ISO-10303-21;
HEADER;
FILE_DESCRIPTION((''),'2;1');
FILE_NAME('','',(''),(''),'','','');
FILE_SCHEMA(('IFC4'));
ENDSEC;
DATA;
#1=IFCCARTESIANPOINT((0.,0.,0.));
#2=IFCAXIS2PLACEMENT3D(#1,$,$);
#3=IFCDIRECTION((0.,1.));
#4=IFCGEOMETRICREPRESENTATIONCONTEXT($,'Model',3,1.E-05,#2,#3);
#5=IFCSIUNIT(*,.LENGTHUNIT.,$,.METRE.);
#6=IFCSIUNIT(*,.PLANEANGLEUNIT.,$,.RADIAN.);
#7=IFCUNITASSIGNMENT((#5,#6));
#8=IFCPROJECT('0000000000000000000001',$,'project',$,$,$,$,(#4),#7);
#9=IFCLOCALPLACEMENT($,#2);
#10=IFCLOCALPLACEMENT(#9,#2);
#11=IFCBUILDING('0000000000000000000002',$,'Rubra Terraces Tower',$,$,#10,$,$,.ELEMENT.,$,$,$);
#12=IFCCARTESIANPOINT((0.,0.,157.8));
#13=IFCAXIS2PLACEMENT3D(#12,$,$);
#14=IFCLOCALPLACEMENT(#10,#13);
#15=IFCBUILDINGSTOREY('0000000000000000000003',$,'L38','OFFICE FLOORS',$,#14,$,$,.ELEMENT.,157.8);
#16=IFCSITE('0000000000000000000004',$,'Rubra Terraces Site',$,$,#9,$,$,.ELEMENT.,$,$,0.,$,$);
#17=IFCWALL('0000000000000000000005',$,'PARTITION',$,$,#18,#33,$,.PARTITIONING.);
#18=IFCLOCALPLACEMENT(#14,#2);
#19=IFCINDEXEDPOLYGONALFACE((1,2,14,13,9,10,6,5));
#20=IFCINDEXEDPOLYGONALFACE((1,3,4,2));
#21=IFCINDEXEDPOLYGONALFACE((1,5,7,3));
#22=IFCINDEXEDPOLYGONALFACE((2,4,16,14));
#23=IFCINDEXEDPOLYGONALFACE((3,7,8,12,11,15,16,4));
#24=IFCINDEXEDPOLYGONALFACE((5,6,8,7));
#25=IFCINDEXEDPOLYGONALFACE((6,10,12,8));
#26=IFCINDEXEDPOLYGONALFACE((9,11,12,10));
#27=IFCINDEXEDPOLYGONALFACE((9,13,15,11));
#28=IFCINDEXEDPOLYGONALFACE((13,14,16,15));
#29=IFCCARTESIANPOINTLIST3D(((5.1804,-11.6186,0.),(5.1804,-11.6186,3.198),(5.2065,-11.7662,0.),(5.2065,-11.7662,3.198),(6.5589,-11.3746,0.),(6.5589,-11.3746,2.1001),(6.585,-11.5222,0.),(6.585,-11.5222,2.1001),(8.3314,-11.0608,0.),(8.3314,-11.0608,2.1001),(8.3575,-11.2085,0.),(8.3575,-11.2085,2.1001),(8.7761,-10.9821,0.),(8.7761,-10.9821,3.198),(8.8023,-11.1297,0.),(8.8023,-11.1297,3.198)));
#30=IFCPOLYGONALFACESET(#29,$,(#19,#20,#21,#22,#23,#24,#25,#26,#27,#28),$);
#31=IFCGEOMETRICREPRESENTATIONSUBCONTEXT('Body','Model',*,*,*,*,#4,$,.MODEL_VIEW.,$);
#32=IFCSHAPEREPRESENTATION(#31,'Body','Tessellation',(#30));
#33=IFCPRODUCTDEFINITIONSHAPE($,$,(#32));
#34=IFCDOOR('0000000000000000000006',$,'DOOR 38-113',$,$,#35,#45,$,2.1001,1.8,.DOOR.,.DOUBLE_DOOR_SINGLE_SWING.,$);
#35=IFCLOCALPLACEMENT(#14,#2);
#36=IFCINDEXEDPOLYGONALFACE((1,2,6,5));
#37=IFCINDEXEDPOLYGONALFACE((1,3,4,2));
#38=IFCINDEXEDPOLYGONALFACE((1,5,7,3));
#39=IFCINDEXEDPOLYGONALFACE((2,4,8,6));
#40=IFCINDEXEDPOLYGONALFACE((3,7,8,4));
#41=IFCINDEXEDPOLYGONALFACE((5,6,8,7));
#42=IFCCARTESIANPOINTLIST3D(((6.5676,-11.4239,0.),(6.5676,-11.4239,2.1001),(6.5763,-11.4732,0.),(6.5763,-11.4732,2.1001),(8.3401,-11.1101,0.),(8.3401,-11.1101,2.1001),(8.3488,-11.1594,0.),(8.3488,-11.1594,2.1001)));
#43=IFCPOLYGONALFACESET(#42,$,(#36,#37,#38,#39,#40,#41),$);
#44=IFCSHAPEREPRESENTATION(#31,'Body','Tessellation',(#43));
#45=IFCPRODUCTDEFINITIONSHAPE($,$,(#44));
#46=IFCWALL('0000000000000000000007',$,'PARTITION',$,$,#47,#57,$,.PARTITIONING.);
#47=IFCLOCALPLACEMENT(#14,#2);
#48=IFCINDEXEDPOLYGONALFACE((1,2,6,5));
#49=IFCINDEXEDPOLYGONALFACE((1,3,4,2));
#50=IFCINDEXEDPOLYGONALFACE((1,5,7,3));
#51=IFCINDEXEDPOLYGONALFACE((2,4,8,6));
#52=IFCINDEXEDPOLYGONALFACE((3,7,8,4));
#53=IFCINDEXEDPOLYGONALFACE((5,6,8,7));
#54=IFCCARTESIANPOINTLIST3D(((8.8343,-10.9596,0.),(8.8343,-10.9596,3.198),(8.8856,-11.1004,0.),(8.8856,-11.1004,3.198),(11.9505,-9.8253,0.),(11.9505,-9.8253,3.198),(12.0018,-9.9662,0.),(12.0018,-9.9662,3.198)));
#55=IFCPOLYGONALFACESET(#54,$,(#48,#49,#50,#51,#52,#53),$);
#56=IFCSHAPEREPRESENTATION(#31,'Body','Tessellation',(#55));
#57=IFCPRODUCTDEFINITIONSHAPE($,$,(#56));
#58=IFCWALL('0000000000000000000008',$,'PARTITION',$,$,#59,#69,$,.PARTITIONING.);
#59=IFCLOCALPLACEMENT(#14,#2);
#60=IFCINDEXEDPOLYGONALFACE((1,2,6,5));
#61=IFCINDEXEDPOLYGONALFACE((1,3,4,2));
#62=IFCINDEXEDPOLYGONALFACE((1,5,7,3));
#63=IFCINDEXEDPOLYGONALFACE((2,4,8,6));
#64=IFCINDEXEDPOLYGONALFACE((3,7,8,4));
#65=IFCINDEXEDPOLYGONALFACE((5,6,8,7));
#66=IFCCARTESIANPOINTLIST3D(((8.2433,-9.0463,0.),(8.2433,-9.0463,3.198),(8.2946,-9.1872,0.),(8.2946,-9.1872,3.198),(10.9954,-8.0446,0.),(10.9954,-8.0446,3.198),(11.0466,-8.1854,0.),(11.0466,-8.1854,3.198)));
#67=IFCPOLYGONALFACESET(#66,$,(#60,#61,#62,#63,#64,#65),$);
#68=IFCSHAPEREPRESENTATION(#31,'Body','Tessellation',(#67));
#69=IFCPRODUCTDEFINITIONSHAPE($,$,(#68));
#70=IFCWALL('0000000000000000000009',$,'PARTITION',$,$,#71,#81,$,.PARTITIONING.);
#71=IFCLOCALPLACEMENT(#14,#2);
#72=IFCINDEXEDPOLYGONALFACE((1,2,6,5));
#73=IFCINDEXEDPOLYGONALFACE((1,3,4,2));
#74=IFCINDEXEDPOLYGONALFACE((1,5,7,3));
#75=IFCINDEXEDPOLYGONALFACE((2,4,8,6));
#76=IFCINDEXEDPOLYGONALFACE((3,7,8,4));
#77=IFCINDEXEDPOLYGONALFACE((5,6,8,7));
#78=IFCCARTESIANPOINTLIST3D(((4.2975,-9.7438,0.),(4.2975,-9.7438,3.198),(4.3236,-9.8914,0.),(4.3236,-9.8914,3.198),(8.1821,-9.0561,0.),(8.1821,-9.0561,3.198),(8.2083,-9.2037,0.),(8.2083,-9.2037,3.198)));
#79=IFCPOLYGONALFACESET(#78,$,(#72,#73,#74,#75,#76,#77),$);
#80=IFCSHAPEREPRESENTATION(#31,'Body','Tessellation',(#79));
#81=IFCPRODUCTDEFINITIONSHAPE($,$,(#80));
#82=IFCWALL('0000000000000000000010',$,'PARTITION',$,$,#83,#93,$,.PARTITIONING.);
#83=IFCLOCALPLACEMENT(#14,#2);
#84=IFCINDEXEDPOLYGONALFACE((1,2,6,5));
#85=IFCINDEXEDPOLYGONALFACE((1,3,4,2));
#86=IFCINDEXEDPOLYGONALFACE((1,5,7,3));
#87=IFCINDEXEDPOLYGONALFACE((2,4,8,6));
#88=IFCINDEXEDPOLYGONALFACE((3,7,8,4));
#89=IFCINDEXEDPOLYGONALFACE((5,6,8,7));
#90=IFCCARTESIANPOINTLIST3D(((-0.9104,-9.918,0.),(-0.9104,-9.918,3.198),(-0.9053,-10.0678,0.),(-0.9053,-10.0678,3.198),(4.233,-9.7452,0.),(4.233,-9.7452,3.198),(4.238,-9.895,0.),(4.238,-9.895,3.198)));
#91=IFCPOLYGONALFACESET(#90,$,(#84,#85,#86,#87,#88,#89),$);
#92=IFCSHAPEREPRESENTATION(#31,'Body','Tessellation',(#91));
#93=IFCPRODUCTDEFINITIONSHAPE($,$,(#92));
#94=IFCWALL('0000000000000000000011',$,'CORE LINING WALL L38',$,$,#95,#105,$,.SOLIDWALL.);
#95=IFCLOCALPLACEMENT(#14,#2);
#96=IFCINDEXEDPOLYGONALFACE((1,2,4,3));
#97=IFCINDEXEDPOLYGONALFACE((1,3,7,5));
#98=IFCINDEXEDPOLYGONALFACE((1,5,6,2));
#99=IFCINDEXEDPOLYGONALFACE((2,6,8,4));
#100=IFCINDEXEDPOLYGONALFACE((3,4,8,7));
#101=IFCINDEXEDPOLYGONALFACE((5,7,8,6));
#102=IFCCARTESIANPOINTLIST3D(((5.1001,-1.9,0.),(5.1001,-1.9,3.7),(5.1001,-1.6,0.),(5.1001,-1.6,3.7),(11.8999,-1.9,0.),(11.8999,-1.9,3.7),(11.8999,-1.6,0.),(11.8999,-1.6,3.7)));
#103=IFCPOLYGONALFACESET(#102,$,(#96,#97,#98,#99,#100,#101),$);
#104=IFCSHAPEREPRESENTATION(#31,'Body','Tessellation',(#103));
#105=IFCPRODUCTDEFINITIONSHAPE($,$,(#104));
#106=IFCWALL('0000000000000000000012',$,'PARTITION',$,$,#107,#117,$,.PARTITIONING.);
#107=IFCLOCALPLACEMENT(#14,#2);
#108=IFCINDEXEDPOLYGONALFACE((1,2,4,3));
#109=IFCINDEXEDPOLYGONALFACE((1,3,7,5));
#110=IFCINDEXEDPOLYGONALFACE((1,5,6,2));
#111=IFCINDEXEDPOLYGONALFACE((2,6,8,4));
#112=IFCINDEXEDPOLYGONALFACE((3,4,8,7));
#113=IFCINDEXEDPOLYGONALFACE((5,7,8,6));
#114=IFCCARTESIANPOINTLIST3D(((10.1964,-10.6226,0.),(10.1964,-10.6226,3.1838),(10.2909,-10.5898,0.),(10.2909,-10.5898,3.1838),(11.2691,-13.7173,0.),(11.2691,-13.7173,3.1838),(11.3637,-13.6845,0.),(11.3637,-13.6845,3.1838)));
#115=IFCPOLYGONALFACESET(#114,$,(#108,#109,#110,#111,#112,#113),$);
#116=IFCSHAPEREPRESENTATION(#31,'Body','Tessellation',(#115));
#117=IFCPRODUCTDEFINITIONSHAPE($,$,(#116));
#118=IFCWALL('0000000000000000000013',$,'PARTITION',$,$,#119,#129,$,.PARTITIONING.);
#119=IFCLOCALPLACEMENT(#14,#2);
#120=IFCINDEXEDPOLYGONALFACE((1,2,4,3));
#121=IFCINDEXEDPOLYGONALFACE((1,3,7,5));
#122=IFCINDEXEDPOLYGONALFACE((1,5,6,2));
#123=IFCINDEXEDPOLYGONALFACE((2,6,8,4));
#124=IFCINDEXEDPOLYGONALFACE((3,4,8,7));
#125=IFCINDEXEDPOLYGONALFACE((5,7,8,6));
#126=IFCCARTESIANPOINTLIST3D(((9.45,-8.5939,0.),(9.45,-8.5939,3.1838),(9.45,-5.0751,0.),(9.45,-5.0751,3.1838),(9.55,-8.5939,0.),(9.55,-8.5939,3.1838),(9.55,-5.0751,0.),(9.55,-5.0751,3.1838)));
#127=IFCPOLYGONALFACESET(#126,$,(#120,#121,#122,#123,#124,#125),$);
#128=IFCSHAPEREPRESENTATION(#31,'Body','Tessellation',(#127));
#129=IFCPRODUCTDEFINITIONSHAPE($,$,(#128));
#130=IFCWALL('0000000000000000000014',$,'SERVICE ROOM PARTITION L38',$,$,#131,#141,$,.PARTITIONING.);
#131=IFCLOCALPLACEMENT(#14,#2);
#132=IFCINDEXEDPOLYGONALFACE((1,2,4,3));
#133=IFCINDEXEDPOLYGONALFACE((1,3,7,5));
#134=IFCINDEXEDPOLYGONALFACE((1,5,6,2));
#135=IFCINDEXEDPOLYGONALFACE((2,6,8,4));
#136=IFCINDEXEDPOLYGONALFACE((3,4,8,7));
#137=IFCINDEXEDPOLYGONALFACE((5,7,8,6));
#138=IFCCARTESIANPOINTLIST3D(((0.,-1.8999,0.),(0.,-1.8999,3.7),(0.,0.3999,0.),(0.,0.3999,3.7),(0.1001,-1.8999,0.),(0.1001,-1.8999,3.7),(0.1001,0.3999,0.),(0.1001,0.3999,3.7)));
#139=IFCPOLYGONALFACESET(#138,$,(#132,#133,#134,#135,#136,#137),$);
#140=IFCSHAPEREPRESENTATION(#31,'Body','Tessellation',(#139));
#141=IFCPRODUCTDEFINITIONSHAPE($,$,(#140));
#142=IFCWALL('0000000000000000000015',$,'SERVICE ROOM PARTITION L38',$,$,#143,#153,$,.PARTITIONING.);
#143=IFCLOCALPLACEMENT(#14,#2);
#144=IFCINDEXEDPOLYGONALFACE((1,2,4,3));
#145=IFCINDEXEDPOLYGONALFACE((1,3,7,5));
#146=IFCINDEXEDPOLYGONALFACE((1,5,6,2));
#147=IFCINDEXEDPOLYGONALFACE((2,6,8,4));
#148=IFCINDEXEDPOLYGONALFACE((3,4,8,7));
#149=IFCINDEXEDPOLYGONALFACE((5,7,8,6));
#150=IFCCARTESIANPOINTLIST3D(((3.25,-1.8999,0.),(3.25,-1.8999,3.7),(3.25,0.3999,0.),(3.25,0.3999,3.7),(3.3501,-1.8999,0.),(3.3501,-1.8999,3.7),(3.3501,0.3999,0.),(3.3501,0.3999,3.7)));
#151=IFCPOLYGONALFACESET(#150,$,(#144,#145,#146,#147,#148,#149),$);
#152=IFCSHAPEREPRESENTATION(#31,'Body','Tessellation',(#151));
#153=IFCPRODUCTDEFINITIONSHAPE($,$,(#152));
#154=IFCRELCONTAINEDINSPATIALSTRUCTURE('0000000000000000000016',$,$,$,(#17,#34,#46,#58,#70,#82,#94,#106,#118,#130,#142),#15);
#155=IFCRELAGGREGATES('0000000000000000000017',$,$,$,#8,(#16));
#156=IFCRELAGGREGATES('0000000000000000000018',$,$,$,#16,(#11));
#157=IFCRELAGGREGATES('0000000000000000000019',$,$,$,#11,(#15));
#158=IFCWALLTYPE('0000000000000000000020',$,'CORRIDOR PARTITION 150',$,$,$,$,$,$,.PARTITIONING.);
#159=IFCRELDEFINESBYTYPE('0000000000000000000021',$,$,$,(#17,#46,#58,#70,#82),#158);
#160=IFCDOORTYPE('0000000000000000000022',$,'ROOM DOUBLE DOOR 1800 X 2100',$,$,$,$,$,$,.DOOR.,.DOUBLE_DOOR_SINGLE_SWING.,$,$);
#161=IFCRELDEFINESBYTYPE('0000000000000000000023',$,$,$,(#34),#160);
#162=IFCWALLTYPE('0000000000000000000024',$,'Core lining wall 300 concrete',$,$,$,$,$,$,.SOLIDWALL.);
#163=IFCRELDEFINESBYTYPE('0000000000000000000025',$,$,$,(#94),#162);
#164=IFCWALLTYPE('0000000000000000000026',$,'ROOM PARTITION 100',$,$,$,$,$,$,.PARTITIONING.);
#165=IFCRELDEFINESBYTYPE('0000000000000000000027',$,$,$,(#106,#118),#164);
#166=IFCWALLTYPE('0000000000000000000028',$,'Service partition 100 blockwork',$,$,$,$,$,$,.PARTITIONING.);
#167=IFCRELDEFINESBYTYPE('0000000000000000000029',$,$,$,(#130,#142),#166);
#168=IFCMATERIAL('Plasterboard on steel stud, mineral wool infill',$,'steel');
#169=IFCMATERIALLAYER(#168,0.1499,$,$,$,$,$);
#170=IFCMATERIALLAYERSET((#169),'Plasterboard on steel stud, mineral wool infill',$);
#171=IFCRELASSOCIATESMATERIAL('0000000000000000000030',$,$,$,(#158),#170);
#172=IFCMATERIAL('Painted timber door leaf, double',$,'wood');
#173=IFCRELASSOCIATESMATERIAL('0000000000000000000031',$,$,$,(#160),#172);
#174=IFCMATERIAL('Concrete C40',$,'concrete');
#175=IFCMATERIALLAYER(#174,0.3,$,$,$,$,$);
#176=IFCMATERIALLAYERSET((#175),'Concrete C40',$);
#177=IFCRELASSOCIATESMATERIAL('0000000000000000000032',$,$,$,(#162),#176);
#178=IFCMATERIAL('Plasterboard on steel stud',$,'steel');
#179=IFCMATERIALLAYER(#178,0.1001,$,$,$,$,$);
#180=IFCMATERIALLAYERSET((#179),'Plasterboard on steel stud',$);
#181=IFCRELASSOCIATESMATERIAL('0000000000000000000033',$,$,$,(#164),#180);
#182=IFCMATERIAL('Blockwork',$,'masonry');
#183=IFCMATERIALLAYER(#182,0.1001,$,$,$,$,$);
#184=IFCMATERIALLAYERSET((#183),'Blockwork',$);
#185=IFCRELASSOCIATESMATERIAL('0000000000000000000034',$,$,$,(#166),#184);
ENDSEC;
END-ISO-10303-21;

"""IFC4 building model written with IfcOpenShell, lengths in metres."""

from ifc_helpers import new_model, si_unit, direction, frame, frame_2d, origin, place, context, subcontext, project, spatial, rectangle, extrude, material, layer, layer_set, type_object, element, fill, save


model = new_model("IFC4")

# Units and contexts
model_context = context("Model", 3, precision=1e-05, world=origin(), true_north=direction((0.0, 1.0)))
body_context = subcontext(model_context, "Body", "Model", "MODEL_VIEW")
ifc_project = project(units=[si_unit("LENGTHUNIT", "METRE"), si_unit("PLANEANGLEUNIT", "RADIAN")], contexts=[model_context])

# Site, building, storey
site_placement = place(None, origin())
site = spatial("IfcSite", under=ifc_project, at=site_placement, Name="Rubra Terraces Site", CompositionType="ELEMENT", RefElevation=0.0)
building_placement = place(site_placement, origin())
building = spatial("IfcBuilding", under=site, at=building_placement, Name="Rubra Terraces Tower", CompositionType="ELEMENT")
storey_placement = place(building_placement, frame((0.0, 0.0, 157.8)))
storey = spatial("IfcBuildingStorey", under=building, at=storey_placement, Name="L38", Description="OFFICE FLOORS", CompositionType="ELEMENT", Elevation=157.8)

# Shared definitions
ifc_material_1 = material(Name="Concrete C40", Category="concrete")

# Shared definitions
ifc_material_2 = material(Name="Plasterboard on steel stud, mineral wool infill", Category="steel")
ifc_layer_1 = layer(ifc_material_2, 0.1499)
ifc_layer_set_1 = layer_set([ifc_layer_1], Name="Plasterboard on steel stud, mineral wool infill")
wall_type_1 = type_object("IfcWallType", Name="CORRIDOR PARTITION 150", PredefinedType="PARTITIONING", material=ifc_layer_set_1)

# Wall, opening, door
wall_1_placement = place(storey_placement, frame((5.1936, -11.6924, 0.0), z_axis=(0.0, 0.0, 1.0), x_axis=(0.984693, 0.1743, 0.0)))
wall_1 = element("IfcWall", 1, at=wall_1_placement, inside=storey, type_object=wall_type_1, Name="PARTITION", PredefinedType="PARTITIONING", context=body_context, shape_type="SweptSolid", body=[
    extrude(rectangle(XDim=3.6516, YDim=0.1499, at=frame_2d((1.8257, 0.0))), origin(), (0.0, 0.0, 1.0), 3.198),
])
opening_placement = place(wall_1_placement, frame((1.3999, 0.0, 0.0)))
opening = element("IfcOpeningElement", 2, at=opening_placement, cuts=wall_1, PredefinedType="OPENING", context=body_context, shape_type="SweptSolid", body=[
    extrude(rectangle(XDim=1.8, YDim=2.1001, at=frame_2d((0.8999, 1.05))), frame((0.0, 0.085, 0.0), z_axis=(0.0, -1.0, 0.0), x_axis=(1.0, 0.0, 0.0)), (0.0, 0.0, 1.0), 0.1699),
])
ifc_material_3 = material(Name="Painted timber door leaf, double", Category="wood")
door_type = type_object("IfcDoorType", Name="ROOM DOUBLE DOOR 1800 X 2100", OperationType="DOUBLE_DOOR_SINGLE_SWING", PredefinedType="DOOR", material=ifc_material_3)
door_placement = place(opening_placement, origin())
door = element("IfcDoor", 3, at=door_placement, inside=storey, type_object=door_type, Name="DOOR 38-113", OperationType="DOUBLE_DOOR_SINGLE_SWING", OverallHeight=2.1001, OverallWidth=1.8, PredefinedType="DOOR", context=body_context, shape_type="SweptSolid", body=[
    extrude(rectangle(XDim=1.8, YDim=2.1001, at=frame_2d((0.8999, 1.05))), frame((0.0, 0.0249, 0.0), z_axis=(0.0, -1.0, 0.0), x_axis=(1.0, 0.0, 0.0)), (0.0, 0.0, 1.0), 0.05),
])
fill(opening, door)

# Walls
wall_2_placement = place(storey_placement, frame((8.8599, -11.03, 0.0), z_axis=(0.0, 0.0, 1.0), x_axis=(0.939686, 0.342039, 0.0)))
element("IfcWall", 4, at=wall_2_placement, inside=storey, type_object=wall_type_1, Name="PARTITION", PredefinedType="PARTITIONING", context=body_context, shape_type="SweptSolid", body=[
    extrude(rectangle(XDim=3.3162, YDim=0.1499, at=frame_2d((1.6582, 0.0))), origin(), (0.0, 0.0, 1.0), 3.198),
])
wall_3_placement = place(storey_placement, frame((11.021, -8.115, 0.0), z_axis=(0.0, 0.0, 1.0), x_axis=(-0.939684, -0.342044, 0.0)))
element("IfcWall", 5, at=wall_3_placement, inside=storey, type_object=wall_type_1, Name="PARTITION", PredefinedType="PARTITIONING", context=body_context, shape_type="SweptSolid", body=[
    extrude(rectangle(XDim=2.9287, YDim=0.1499, at=frame_2d((1.4644, 0.0))), origin(), (0.0, 0.0, 1.0), 3.198),
])
wall_4_placement = place(storey_placement, frame((8.1953, -9.1299, 0.0), z_axis=(0.0, 0.0, 1.0), x_axis=(-0.984688, -0.174325, 0.0)))
element("IfcWall", 6, at=wall_4_placement, inside=storey, type_object=wall_type_1, Name="PARTITION", PredefinedType="PARTITIONING", context=body_context, shape_type="SweptSolid", body=[
    extrude(rectangle(XDim=3.9451, YDim=0.1499, at=frame_2d((1.9727, 0.0))), origin(), (0.0, 0.0, 1.0), 3.198),
])
wall_5_placement = place(storey_placement, frame((4.2356, -9.8201, 0.0), z_axis=(0.0, 0.0, 1.0), x_axis=(-0.999436, -0.033588, 0.0)))
element("IfcWall", 7, at=wall_5_placement, inside=storey, type_object=wall_type_1, Name="PARTITION", PredefinedType="PARTITIONING", context=body_context, shape_type="SweptSolid", body=[
    extrude(rectangle(XDim=5.1462, YDim=0.1499, at=frame_2d((2.5732, 0.0))), origin(), (0.0, 0.0, 1.0), 3.198),
])
ifc_layer_2 = layer(ifc_material_1, 0.3)
ifc_layer_set_2 = layer_set([ifc_layer_2], Name="Concrete C40")
wall_type_2 = type_object("IfcWallType", Name="Core lining wall 300 concrete", PredefinedType="SOLIDWALL", material=ifc_layer_set_2)
wall_6_placement = place(storey_placement, frame((11.8999, -1.75, 0.0), z_axis=(0.0, 0.0, 1.0), x_axis=(-1.0, 0.0, 0.0)))
element("IfcWall", 8, at=wall_6_placement, inside=storey, type_object=wall_type_2, Name="CORE LINING WALL L38", PredefinedType="SOLIDWALL", context=body_context, shape_type="SweptSolid", body=[
    extrude(rectangle(XDim=6.7998, YDim=0.3, at=frame_2d((3.3999, 0.0))), origin(), (0.0, 0.0, 1.0), 3.7),
])
ifc_material_4 = material(Name="Plasterboard on steel stud", Category="steel")
ifc_layer_3 = layer(ifc_material_4, 0.1001)
ifc_layer_set_3 = layer_set([ifc_layer_3], Name="Plasterboard on steel stud")
wall_type_3 = type_object("IfcWallType", Name="ROOM PARTITION 100", PredefinedType="PARTITIONING", material=ifc_layer_set_3)
wall_7_placement = place(storey_placement, frame((10.2437, -10.6062, 0.0), z_axis=(0.0, 0.0, 1.0), x_axis=(0.32752, -0.944844, 0.0)))
element("IfcWall", 9, at=wall_7_placement, inside=storey, type_object=wall_type_3, Name="PARTITION", PredefinedType="PARTITIONING", context=body_context, shape_type="SweptSolid", body=[
    extrude(rectangle(XDim=3.2754, YDim=0.1001, at=frame_2d((1.6377, 0.0))), origin(), (0.0, 0.0, 1.0), 3.1838),
])
wall_8_placement = place(storey_placement, frame((9.5, -8.5938, 0.0), z_axis=(0.0, 0.0, 1.0), x_axis=(0.0, 1.0, 0.0)))
element("IfcWall", 10, at=wall_8_placement, inside=storey, type_object=wall_type_3, Name="PARTITION", PredefinedType="PARTITIONING", context=body_context, shape_type="SweptSolid", body=[
    extrude(rectangle(XDim=3.5188, YDim=0.1001, at=frame_2d((1.7593, 0.0))), origin(), (0.0, 0.0, 1.0), 3.1838),
])
ifc_material_5 = material(Name="Blockwork", Category="masonry")
ifc_layer_4 = layer(ifc_material_5, 0.1001)
ifc_layer_set_4 = layer_set([ifc_layer_4], Name="Blockwork")
wall_type_4 = type_object("IfcWallType", Name="Service partition 100 blockwork", PredefinedType="PARTITIONING", material=ifc_layer_set_4)
for number, where, z_axis, x_axis, name in (
    (11, (0.05, -1.8999, 0.0), (0.0, 0.0, 1.0), (0.0, 1.0, 0.0), "SERVICE ROOM PARTITION L38"),
    (12, (3.3, -1.8999, 0.0), (0.0, 0.0, 1.0), (0.0, 1.0, 0.0), "SERVICE ROOM PARTITION L38"),
):
    element("IfcWall", number, at=place(storey_placement, frame(where, z_axis=z_axis, x_axis=x_axis)), inside=storey, type_object=wall_type_4, Name=name, PredefinedType="PARTITIONING", context=body_context, shape_type="SweptSolid", body=[
        extrude(rectangle(XDim=2.2998, YDim=0.1001, at=frame_2d((1.1499, 0.0))), origin(), (0.0, 0.0, 1.0), 3.7),
    ])

save(model, "model.ifc")
